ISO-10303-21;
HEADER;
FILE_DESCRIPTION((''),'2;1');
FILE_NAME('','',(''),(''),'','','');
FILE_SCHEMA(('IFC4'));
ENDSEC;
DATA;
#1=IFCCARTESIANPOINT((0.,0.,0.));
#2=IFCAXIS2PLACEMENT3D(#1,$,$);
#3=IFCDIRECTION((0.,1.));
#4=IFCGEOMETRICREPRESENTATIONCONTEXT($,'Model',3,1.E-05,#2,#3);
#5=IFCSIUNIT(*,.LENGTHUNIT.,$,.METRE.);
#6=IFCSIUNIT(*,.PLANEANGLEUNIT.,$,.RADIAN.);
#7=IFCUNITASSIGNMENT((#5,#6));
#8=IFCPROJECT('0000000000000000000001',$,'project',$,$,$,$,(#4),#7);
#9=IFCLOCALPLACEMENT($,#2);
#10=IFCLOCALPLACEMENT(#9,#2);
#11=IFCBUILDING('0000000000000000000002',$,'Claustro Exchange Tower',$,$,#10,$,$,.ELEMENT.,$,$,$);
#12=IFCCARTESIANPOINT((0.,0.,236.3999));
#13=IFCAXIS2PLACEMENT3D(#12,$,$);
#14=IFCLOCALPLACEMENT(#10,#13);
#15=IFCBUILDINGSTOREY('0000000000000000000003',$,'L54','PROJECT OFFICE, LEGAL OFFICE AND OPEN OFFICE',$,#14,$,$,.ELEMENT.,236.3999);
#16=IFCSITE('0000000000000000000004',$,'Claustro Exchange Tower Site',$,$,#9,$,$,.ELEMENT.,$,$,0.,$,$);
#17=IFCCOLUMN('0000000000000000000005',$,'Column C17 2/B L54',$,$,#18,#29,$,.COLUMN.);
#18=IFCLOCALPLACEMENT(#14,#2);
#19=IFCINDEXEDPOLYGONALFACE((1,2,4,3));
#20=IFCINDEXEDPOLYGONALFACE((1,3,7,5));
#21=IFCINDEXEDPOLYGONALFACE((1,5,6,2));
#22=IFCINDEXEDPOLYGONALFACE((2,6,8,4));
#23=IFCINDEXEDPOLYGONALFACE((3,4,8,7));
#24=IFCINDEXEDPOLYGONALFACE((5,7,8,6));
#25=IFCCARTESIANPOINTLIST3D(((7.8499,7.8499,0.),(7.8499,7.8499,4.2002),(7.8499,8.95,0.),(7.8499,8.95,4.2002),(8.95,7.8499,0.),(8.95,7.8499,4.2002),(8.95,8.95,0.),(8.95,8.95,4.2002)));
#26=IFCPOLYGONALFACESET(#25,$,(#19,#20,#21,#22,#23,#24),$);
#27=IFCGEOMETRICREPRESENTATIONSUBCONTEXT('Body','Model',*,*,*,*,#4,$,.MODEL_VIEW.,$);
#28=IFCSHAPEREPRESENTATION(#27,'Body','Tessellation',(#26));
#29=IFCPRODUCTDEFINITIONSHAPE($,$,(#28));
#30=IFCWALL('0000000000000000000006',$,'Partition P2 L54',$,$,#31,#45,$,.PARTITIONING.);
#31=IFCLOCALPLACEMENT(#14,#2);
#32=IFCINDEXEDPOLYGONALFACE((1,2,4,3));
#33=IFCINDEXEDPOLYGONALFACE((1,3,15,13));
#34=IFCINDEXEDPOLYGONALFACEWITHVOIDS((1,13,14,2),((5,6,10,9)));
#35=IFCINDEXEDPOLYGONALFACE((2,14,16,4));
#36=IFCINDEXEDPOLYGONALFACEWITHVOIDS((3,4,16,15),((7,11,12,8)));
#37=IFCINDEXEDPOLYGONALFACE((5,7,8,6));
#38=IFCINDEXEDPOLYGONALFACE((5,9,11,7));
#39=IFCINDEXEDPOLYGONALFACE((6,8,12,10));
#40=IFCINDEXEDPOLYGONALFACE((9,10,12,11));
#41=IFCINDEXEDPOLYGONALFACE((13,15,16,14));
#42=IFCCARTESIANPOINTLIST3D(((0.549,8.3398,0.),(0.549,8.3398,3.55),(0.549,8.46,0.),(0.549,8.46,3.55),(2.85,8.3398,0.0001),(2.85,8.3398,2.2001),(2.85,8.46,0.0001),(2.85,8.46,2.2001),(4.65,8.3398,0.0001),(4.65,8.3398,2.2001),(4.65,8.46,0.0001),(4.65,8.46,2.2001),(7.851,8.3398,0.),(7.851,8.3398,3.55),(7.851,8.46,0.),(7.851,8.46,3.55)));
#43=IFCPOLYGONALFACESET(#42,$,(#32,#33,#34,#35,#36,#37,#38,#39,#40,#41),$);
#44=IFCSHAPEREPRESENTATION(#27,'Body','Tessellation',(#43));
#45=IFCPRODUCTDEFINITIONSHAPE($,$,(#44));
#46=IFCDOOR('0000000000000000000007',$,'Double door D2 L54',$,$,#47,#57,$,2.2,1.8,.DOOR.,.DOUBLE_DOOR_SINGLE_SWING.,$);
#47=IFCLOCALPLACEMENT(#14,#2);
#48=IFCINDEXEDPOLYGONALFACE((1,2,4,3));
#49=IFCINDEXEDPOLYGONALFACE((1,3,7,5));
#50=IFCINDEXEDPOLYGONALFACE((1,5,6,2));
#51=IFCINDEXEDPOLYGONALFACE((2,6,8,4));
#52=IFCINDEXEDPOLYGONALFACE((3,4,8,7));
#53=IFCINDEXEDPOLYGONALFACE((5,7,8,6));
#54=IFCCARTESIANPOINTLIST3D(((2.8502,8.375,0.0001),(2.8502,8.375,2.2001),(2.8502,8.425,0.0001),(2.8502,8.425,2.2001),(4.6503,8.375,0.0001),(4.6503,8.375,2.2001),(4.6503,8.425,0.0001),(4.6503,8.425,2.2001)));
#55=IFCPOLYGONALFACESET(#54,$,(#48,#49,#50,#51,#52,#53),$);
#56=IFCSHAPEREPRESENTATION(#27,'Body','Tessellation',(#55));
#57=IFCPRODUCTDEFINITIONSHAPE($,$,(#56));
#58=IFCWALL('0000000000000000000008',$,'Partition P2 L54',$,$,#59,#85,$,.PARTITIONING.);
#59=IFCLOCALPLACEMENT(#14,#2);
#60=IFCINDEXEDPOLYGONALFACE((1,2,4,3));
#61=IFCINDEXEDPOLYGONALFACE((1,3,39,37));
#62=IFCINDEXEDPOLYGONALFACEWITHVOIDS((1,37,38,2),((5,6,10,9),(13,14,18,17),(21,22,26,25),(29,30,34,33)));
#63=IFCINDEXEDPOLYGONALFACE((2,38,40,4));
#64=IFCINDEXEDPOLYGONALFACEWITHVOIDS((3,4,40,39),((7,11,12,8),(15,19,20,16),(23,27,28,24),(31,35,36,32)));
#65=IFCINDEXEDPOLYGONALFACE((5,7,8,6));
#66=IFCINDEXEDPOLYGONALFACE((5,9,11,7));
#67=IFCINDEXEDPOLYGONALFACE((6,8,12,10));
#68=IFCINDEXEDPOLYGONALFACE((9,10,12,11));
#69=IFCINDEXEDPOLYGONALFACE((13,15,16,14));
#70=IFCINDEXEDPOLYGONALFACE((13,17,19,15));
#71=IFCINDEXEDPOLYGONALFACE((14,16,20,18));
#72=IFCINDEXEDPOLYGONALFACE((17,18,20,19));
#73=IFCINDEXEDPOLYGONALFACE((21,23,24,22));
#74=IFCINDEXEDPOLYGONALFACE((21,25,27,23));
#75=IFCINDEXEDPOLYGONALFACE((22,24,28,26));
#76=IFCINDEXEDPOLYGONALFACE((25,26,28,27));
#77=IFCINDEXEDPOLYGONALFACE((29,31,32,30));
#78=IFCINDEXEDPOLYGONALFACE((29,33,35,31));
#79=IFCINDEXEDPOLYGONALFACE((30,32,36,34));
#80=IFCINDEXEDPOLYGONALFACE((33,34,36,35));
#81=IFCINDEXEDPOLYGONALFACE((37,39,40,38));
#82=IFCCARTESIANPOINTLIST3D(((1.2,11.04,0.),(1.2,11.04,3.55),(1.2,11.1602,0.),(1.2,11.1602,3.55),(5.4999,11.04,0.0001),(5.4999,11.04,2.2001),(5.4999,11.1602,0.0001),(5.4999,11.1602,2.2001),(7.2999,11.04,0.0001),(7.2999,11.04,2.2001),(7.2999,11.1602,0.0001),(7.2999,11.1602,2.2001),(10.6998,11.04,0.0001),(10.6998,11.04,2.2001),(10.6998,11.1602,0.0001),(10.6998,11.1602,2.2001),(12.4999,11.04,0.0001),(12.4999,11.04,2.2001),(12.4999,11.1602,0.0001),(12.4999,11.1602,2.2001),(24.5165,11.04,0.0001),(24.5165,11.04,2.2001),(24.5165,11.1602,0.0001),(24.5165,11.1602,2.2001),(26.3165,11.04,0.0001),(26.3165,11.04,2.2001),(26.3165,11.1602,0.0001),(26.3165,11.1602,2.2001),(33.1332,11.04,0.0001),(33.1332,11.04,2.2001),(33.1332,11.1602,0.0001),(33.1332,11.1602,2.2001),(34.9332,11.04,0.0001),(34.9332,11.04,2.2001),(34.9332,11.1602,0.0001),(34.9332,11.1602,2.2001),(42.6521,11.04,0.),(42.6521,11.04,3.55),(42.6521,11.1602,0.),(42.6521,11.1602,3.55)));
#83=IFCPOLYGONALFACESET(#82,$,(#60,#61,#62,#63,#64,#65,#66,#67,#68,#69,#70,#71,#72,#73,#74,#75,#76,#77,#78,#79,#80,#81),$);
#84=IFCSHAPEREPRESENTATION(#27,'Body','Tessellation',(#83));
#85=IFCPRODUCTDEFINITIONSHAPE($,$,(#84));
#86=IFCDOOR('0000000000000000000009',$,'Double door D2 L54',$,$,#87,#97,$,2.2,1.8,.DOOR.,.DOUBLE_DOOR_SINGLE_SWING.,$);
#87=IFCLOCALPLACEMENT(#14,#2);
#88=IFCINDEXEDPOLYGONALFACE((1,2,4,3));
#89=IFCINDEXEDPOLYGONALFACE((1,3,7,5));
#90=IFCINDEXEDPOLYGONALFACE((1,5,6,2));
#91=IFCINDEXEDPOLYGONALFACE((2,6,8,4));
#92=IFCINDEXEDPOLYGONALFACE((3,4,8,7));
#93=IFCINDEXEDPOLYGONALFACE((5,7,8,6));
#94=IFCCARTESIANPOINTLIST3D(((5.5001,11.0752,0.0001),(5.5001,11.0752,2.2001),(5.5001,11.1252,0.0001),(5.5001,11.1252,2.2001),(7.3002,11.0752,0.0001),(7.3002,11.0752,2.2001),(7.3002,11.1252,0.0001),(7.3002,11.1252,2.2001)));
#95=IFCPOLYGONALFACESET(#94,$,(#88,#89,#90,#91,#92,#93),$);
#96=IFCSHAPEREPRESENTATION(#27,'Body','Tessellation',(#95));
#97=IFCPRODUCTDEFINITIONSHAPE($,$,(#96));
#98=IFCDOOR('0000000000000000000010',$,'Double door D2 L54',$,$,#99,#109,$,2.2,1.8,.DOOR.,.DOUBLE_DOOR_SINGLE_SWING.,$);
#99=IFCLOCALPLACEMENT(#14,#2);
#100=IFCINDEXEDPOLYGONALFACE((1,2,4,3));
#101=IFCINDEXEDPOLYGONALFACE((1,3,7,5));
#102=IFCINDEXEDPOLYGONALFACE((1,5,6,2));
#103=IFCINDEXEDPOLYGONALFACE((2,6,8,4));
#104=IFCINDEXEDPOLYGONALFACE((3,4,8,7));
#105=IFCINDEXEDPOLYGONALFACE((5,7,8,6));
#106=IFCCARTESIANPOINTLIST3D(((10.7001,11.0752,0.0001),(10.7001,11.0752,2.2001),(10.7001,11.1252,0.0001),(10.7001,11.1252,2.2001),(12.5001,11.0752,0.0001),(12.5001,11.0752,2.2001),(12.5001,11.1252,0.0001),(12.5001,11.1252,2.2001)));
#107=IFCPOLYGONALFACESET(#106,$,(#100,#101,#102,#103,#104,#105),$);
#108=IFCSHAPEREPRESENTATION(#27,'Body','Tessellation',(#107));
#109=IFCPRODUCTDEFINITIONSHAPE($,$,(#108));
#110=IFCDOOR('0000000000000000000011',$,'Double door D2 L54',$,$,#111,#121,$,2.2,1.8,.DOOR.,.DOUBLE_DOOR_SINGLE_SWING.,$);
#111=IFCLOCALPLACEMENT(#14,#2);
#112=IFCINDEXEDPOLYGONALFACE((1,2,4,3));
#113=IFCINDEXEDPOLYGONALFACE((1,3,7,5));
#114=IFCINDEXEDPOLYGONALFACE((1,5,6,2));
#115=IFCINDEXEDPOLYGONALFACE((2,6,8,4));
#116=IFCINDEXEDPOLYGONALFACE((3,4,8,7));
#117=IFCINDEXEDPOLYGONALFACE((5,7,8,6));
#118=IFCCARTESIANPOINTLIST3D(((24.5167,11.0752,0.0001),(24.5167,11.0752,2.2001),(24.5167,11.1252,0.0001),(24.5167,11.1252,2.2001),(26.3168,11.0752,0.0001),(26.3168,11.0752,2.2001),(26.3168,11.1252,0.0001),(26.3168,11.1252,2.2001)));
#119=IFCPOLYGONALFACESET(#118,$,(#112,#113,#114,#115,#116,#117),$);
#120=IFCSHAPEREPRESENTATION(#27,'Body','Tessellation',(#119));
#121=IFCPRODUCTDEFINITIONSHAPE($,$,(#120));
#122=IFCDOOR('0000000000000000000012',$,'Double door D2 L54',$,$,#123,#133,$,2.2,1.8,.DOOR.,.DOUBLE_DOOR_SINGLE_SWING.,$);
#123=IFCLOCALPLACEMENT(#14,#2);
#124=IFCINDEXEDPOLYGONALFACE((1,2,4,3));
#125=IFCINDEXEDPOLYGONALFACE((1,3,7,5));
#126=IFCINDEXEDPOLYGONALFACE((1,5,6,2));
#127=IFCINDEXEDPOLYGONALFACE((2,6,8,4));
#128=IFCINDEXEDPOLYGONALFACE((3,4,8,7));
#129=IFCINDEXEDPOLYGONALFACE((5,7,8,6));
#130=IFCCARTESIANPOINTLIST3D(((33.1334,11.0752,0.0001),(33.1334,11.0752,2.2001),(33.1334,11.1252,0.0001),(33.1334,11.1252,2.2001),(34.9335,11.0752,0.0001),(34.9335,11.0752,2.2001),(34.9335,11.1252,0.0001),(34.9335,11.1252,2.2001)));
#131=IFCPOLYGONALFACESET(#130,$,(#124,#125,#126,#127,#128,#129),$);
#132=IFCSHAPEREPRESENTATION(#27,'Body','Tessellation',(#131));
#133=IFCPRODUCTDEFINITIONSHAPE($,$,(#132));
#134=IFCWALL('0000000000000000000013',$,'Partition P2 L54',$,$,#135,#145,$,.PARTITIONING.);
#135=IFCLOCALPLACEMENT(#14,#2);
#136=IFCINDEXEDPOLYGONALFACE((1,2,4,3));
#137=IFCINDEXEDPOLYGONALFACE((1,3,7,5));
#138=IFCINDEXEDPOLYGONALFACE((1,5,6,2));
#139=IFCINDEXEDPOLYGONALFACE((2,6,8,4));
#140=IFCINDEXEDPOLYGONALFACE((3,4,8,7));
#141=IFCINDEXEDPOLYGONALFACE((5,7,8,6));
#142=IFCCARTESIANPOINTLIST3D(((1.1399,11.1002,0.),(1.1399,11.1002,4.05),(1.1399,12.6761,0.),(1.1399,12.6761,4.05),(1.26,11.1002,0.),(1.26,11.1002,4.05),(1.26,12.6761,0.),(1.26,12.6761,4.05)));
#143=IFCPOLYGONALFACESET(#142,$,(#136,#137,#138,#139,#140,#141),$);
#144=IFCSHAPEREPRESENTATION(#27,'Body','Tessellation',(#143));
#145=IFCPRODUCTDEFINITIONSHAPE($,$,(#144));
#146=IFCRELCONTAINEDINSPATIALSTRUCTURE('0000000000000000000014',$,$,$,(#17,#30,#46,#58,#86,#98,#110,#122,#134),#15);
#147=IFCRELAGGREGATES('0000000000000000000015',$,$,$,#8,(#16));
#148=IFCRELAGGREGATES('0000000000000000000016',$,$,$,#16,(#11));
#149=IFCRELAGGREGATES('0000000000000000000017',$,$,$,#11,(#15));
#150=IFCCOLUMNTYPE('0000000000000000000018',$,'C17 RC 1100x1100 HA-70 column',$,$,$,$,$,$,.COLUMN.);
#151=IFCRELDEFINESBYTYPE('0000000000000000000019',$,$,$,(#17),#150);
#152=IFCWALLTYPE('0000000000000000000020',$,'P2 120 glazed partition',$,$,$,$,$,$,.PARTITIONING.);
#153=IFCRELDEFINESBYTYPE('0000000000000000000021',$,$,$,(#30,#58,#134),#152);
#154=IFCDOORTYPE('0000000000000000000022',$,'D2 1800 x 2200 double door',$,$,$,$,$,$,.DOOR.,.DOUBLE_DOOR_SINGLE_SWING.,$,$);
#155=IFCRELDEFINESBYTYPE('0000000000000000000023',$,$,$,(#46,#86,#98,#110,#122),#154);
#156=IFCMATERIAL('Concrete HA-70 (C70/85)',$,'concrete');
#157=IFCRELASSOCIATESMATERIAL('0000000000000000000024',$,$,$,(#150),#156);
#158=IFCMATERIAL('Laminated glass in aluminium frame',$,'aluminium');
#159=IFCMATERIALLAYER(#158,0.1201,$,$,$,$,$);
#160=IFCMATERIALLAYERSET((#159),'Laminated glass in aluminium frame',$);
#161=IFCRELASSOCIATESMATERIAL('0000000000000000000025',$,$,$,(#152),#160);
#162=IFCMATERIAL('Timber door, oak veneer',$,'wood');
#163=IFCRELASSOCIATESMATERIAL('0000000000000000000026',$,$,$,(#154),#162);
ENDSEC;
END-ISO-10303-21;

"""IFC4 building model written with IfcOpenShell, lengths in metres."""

from ifc_helpers import new_model, si_unit, direction, frame, frame_2d, origin, origin_2d, place, context, subcontext, project, spatial, rectangle, extrude, material, layer, layer_set, material_profile, profile_set, type_object, element, fill, save


model = new_model("IFC4")

# Units and contexts
model_context = context("Model", 3, precision=1e-05, world=origin(), true_north=direction((0.0, 1.0)))
body_context = subcontext(model_context, "Body", "Model", "MODEL_VIEW")
ifc_project = project(units=[si_unit("LENGTHUNIT", "METRE"), si_unit("PLANEANGLEUNIT", "RADIAN")], contexts=[model_context])

# Site, building, storey
site_placement = place(None, origin())
site = spatial("IfcSite", under=ifc_project, at=site_placement, Name="Claustro Exchange Tower Site", CompositionType="ELEMENT", RefElevation=0.0)
building_placement = place(site_placement, origin())
building = spatial("IfcBuilding", under=site, at=building_placement, Name="Claustro Exchange Tower", CompositionType="ELEMENT")
storey_placement = place(building_placement, frame((0.0, 0.0, 236.3999)))
storey = spatial("IfcBuildingStorey", under=building, at=storey_placement, Name="L54", Description="PROJECT OFFICE, LEGAL OFFICE AND OPEN OFFICE", CompositionType="ELEMENT", Elevation=236.3999)

# Column
ifc_material_1 = material(Name="Concrete HA-70 (C70/85)", Category="concrete")
ifc_material_profile = material_profile(ifc_material_1, rectangle(XDim=1.1001, YDim=1.1001, at=origin_2d()), Name="RC 1100x1100")
ifc_profile_set = profile_set([ifc_material_profile], Name="Concrete HA-70 (C70/85)")
column_type = type_object("IfcColumnType", Name="C17 RC 1100x1100 HA-70 column", PredefinedType="COLUMN", material=ifc_profile_set)
column_placement = place(storey_placement, frame((8.3999, 8.3999, 0.0), z_axis=(0.0, 0.0, 1.0), x_axis=(1.0, 0.0, 0.0)))
element("IfcColumn", 1, at=column_placement, inside=storey, type_object=column_type, Name="Column C17 2/B L54", PredefinedType="COLUMN", context=body_context, shape_type="SweptSolid", body=[
    extrude(rectangle(XDim=1.1001, YDim=1.1001, at=origin_2d()), origin(), (0.0, 0.0, 1.0), 4.2002),
])

# Wall, opening, door
ifc_material_2 = material(Name="Laminated glass in aluminium frame", Category="aluminium")
ifc_layer_1 = layer(ifc_material_2, 0.1201)
ifc_layer_set_1 = layer_set([ifc_layer_1], Name="Laminated glass in aluminium frame")
wall_type_1 = type_object("IfcWallType", Name="P2 120 glazed partition", PredefinedType="PARTITIONING", material=ifc_layer_set_1)
wall_1_placement = place(storey_placement, frame((0.5491, 8.3999, 0.0), z_axis=(0.0, 0.0, 1.0), x_axis=(1.0, 0.0, 0.0)))
wall_1 = element("IfcWall", 2, at=wall_1_placement, inside=storey, type_object=wall_type_1, Name="Partition P2 L54", PredefinedType="PARTITIONING", context=body_context, shape_type="SweptSolid", body=[
    extrude(rectangle(XDim=7.302, YDim=0.1201, at=frame_2d((3.6509, 0.0))), origin(), (0.0, 0.0, 1.0), 3.55),
])
opening_1_placement = place(wall_1_placement, frame((2.301, 0.0, 0.0)))
opening_1 = element("IfcOpeningElement", 3, at=opening_1_placement, cuts=wall_1, PredefinedType="OPENING", context=body_context, shape_type="SweptSolid", body=[
    extrude(rectangle(XDim=1.8, YDim=2.2, at=frame_2d((0.8999, 1.1001))), frame((0.0, 0.0701, 0.0), z_axis=(0.0, -1.0, 0.0), x_axis=(1.0, 0.0, 0.0)), (0.0, 0.0, 1.0), 0.1401),
])
ifc_material_3 = material(Name="Timber door, oak veneer", Category="wood")
door_type_1 = type_object("IfcDoorType", Name="D2 1800 x 2200 double door", OperationType="DOUBLE_DOOR_SINGLE_SWING", PredefinedType="DOOR", material=ifc_material_3)
door_1_placement = place(opening_1_placement, frame((1.8, 0.0, 0.0), z_axis=(0.0, 0.0, 1.0), x_axis=(-1.0, 0.0, 0.0)))
door_1 = element("IfcDoor", 4, at=door_1_placement, inside=storey, type_object=door_type_1, Name="Double door D2 L54", OperationType="DOUBLE_DOOR_SINGLE_SWING", OverallHeight=2.2, OverallWidth=1.8, PredefinedType="DOOR", context=body_context, shape_type="SweptSolid", body=[
    extrude(rectangle(XDim=1.8, YDim=2.2, at=frame_2d((0.8999, 1.1001))), frame((0.0, 0.0249, 0.0), z_axis=(0.0, -1.0, 0.0), x_axis=(1.0, 0.0, 0.0)), (0.0, 0.0, 1.0), 0.05),
])
fill(opening_1, door_1)

# Wall, openings, doors
wall_2_placement = place(storey_placement, frame((1.2, 11.1001, 0.0), z_axis=(0.0, 0.0, 1.0), x_axis=(1.0, 0.0, 0.0)))
wall_2 = element("IfcWall", 5, at=wall_2_placement, inside=storey, type_object=wall_type_1, Name="Partition P2 L54", PredefinedType="PARTITIONING", context=body_context, shape_type="SweptSolid", body=[
    extrude(rectangle(XDim=41.4521, YDim=0.1201, at=frame_2d((20.7261, 0.0))), origin(), (0.0, 0.0, 1.0), 3.55),
])
opening_2_placement = place(wall_2_placement, frame((4.3, 0.0, 0.0)))
opening_2 = element("IfcOpeningElement", 6, at=opening_2_placement, cuts=wall_2, PredefinedType="OPENING", context=body_context, shape_type="SweptSolid", body=[
    extrude(rectangle(XDim=1.8, YDim=2.2, at=frame_2d((0.8999, 1.1001))), frame((0.0, 0.0701, 0.0), z_axis=(0.0, -1.0, 0.0), x_axis=(1.0, 0.0, 0.0)), (0.0, 0.0, 1.0), 0.1401),
])
opening_3_placement = place(wall_2_placement, frame((9.5, 0.0, 0.0)))
opening_3 = element("IfcOpeningElement", 7, at=opening_3_placement, cuts=wall_2, PredefinedType="OPENING", context=body_context, shape_type="SweptSolid", body=[
    extrude(rectangle(XDim=1.8, YDim=2.2, at=frame_2d((0.8999, 1.1001))), frame((0.0, 0.0701, 0.0), z_axis=(0.0, -1.0, 0.0), x_axis=(1.0, 0.0, 0.0)), (0.0, 0.0, 1.0), 0.1401),
])
opening_4_placement = place(wall_2_placement, frame((23.3167, 0.0, 0.0)))
opening_4 = element("IfcOpeningElement", 8, at=opening_4_placement, cuts=wall_2, PredefinedType="OPENING", context=body_context, shape_type="SweptSolid", body=[
    extrude(rectangle(XDim=1.8, YDim=2.2, at=frame_2d((0.8999, 1.1001))), frame((0.0, 0.0701, 0.0), z_axis=(0.0, -1.0, 0.0), x_axis=(1.0, 0.0, 0.0)), (0.0, 0.0, 1.0), 0.1401),
])
opening_5_placement = place(wall_2_placement, frame((31.9333, 0.0, 0.0)))
opening_5 = element("IfcOpeningElement", 9, at=opening_5_placement, cuts=wall_2, PredefinedType="OPENING", context=body_context, shape_type="SweptSolid", body=[
    extrude(rectangle(XDim=1.8, YDim=2.2, at=frame_2d((0.8999, 1.1001))), frame((0.0, 0.0701, 0.0), z_axis=(0.0, -1.0, 0.0), x_axis=(1.0, 0.0, 0.0)), (0.0, 0.0, 1.0), 0.1401),
])
door_2_placement = place(opening_2_placement, frame((1.8, 0.0, 0.0), z_axis=(0.0, 0.0, 1.0), x_axis=(-1.0, 0.0, 0.0)))
door_2 = element("IfcDoor", 10, at=door_2_placement, inside=storey, type_object=door_type_1, Name="Double door D2 L54", OperationType="DOUBLE_DOOR_SINGLE_SWING", OverallHeight=2.2, OverallWidth=1.8, PredefinedType="DOOR", context=body_context, shape_type="SweptSolid", body=[
    extrude(rectangle(XDim=1.8, YDim=2.2, at=frame_2d((0.8999, 1.1001))), frame((0.0, 0.0249, 0.0), z_axis=(0.0, -1.0, 0.0), x_axis=(1.0, 0.0, 0.0)), (0.0, 0.0, 1.0), 0.05),
])
fill(opening_2, door_2)
door_3_placement = place(opening_3_placement, frame((1.8, 0.0, 0.0), z_axis=(0.0, 0.0, 1.0), x_axis=(-1.0, 0.0, 0.0)))
door_3 = element("IfcDoor", 11, at=door_3_placement, inside=storey, type_object=door_type_1, Name="Double door D2 L54", OperationType="DOUBLE_DOOR_SINGLE_SWING", OverallHeight=2.2, OverallWidth=1.8, PredefinedType="DOOR", context=body_context, shape_type="SweptSolid", body=[
    extrude(rectangle(XDim=1.8, YDim=2.2, at=frame_2d((0.8999, 1.1001))), frame((0.0, 0.0249, 0.0), z_axis=(0.0, -1.0, 0.0), x_axis=(1.0, 0.0, 0.0)), (0.0, 0.0, 1.0), 0.05),
])
fill(opening_3, door_3)
door_4_placement = place(opening_4_placement, frame((1.8, 0.0, 0.0), z_axis=(0.0, 0.0, 1.0), x_axis=(-1.0, 0.0, 0.0)))
door_4 = element("IfcDoor", 12, at=door_4_placement, inside=storey, type_object=door_type_1, Name="Double door D2 L54", OperationType="DOUBLE_DOOR_SINGLE_SWING", OverallHeight=2.2, OverallWidth=1.8, PredefinedType="DOOR", context=body_context, shape_type="SweptSolid", body=[
    extrude(rectangle(XDim=1.8, YDim=2.2, at=frame_2d((0.8999, 1.1001))), frame((0.0, 0.0249, 0.0), z_axis=(0.0, -1.0, 0.0), x_axis=(1.0, 0.0, 0.0)), (0.0, 0.0, 1.0), 0.05),
])
fill(opening_4, door_4)
door_5_placement = place(opening_5_placement, frame((1.8, 0.0, 0.0), z_axis=(0.0, 0.0, 1.0), x_axis=(-1.0, 0.0, 0.0)))
door_5 = element("IfcDoor", 13, at=door_5_placement, inside=storey, type_object=door_type_1, Name="Double door D2 L54", OperationType="DOUBLE_DOOR_SINGLE_SWING", OverallHeight=2.2, OverallWidth=1.8, PredefinedType="DOOR", context=body_context, shape_type="SweptSolid", body=[
    extrude(rectangle(XDim=1.8, YDim=2.2, at=frame_2d((0.8999, 1.1001))), frame((0.0, 0.0249, 0.0), z_axis=(0.0, -1.0, 0.0), x_axis=(1.0, 0.0, 0.0)), (0.0, 0.0, 1.0), 0.05),
])
fill(opening_5, door_5)

# Wall
wall_3_placement = place(storey_placement, frame((1.2, 11.1001, 0.0), z_axis=(0.0, 0.0, 1.0), x_axis=(0.0, 1.0, 0.0)))
element("IfcWall", 14, at=wall_3_placement, inside=storey, type_object=wall_type_1, Name="Partition P2 L54", PredefinedType="PARTITIONING", context=body_context, shape_type="SweptSolid", body=[
    extrude(rectangle(XDim=1.5759, YDim=0.1201, at=frame_2d((0.7881, 0.0))), origin(), (0.0, 0.0, 1.0), 4.05),
])

save(model, "model.ifc")
